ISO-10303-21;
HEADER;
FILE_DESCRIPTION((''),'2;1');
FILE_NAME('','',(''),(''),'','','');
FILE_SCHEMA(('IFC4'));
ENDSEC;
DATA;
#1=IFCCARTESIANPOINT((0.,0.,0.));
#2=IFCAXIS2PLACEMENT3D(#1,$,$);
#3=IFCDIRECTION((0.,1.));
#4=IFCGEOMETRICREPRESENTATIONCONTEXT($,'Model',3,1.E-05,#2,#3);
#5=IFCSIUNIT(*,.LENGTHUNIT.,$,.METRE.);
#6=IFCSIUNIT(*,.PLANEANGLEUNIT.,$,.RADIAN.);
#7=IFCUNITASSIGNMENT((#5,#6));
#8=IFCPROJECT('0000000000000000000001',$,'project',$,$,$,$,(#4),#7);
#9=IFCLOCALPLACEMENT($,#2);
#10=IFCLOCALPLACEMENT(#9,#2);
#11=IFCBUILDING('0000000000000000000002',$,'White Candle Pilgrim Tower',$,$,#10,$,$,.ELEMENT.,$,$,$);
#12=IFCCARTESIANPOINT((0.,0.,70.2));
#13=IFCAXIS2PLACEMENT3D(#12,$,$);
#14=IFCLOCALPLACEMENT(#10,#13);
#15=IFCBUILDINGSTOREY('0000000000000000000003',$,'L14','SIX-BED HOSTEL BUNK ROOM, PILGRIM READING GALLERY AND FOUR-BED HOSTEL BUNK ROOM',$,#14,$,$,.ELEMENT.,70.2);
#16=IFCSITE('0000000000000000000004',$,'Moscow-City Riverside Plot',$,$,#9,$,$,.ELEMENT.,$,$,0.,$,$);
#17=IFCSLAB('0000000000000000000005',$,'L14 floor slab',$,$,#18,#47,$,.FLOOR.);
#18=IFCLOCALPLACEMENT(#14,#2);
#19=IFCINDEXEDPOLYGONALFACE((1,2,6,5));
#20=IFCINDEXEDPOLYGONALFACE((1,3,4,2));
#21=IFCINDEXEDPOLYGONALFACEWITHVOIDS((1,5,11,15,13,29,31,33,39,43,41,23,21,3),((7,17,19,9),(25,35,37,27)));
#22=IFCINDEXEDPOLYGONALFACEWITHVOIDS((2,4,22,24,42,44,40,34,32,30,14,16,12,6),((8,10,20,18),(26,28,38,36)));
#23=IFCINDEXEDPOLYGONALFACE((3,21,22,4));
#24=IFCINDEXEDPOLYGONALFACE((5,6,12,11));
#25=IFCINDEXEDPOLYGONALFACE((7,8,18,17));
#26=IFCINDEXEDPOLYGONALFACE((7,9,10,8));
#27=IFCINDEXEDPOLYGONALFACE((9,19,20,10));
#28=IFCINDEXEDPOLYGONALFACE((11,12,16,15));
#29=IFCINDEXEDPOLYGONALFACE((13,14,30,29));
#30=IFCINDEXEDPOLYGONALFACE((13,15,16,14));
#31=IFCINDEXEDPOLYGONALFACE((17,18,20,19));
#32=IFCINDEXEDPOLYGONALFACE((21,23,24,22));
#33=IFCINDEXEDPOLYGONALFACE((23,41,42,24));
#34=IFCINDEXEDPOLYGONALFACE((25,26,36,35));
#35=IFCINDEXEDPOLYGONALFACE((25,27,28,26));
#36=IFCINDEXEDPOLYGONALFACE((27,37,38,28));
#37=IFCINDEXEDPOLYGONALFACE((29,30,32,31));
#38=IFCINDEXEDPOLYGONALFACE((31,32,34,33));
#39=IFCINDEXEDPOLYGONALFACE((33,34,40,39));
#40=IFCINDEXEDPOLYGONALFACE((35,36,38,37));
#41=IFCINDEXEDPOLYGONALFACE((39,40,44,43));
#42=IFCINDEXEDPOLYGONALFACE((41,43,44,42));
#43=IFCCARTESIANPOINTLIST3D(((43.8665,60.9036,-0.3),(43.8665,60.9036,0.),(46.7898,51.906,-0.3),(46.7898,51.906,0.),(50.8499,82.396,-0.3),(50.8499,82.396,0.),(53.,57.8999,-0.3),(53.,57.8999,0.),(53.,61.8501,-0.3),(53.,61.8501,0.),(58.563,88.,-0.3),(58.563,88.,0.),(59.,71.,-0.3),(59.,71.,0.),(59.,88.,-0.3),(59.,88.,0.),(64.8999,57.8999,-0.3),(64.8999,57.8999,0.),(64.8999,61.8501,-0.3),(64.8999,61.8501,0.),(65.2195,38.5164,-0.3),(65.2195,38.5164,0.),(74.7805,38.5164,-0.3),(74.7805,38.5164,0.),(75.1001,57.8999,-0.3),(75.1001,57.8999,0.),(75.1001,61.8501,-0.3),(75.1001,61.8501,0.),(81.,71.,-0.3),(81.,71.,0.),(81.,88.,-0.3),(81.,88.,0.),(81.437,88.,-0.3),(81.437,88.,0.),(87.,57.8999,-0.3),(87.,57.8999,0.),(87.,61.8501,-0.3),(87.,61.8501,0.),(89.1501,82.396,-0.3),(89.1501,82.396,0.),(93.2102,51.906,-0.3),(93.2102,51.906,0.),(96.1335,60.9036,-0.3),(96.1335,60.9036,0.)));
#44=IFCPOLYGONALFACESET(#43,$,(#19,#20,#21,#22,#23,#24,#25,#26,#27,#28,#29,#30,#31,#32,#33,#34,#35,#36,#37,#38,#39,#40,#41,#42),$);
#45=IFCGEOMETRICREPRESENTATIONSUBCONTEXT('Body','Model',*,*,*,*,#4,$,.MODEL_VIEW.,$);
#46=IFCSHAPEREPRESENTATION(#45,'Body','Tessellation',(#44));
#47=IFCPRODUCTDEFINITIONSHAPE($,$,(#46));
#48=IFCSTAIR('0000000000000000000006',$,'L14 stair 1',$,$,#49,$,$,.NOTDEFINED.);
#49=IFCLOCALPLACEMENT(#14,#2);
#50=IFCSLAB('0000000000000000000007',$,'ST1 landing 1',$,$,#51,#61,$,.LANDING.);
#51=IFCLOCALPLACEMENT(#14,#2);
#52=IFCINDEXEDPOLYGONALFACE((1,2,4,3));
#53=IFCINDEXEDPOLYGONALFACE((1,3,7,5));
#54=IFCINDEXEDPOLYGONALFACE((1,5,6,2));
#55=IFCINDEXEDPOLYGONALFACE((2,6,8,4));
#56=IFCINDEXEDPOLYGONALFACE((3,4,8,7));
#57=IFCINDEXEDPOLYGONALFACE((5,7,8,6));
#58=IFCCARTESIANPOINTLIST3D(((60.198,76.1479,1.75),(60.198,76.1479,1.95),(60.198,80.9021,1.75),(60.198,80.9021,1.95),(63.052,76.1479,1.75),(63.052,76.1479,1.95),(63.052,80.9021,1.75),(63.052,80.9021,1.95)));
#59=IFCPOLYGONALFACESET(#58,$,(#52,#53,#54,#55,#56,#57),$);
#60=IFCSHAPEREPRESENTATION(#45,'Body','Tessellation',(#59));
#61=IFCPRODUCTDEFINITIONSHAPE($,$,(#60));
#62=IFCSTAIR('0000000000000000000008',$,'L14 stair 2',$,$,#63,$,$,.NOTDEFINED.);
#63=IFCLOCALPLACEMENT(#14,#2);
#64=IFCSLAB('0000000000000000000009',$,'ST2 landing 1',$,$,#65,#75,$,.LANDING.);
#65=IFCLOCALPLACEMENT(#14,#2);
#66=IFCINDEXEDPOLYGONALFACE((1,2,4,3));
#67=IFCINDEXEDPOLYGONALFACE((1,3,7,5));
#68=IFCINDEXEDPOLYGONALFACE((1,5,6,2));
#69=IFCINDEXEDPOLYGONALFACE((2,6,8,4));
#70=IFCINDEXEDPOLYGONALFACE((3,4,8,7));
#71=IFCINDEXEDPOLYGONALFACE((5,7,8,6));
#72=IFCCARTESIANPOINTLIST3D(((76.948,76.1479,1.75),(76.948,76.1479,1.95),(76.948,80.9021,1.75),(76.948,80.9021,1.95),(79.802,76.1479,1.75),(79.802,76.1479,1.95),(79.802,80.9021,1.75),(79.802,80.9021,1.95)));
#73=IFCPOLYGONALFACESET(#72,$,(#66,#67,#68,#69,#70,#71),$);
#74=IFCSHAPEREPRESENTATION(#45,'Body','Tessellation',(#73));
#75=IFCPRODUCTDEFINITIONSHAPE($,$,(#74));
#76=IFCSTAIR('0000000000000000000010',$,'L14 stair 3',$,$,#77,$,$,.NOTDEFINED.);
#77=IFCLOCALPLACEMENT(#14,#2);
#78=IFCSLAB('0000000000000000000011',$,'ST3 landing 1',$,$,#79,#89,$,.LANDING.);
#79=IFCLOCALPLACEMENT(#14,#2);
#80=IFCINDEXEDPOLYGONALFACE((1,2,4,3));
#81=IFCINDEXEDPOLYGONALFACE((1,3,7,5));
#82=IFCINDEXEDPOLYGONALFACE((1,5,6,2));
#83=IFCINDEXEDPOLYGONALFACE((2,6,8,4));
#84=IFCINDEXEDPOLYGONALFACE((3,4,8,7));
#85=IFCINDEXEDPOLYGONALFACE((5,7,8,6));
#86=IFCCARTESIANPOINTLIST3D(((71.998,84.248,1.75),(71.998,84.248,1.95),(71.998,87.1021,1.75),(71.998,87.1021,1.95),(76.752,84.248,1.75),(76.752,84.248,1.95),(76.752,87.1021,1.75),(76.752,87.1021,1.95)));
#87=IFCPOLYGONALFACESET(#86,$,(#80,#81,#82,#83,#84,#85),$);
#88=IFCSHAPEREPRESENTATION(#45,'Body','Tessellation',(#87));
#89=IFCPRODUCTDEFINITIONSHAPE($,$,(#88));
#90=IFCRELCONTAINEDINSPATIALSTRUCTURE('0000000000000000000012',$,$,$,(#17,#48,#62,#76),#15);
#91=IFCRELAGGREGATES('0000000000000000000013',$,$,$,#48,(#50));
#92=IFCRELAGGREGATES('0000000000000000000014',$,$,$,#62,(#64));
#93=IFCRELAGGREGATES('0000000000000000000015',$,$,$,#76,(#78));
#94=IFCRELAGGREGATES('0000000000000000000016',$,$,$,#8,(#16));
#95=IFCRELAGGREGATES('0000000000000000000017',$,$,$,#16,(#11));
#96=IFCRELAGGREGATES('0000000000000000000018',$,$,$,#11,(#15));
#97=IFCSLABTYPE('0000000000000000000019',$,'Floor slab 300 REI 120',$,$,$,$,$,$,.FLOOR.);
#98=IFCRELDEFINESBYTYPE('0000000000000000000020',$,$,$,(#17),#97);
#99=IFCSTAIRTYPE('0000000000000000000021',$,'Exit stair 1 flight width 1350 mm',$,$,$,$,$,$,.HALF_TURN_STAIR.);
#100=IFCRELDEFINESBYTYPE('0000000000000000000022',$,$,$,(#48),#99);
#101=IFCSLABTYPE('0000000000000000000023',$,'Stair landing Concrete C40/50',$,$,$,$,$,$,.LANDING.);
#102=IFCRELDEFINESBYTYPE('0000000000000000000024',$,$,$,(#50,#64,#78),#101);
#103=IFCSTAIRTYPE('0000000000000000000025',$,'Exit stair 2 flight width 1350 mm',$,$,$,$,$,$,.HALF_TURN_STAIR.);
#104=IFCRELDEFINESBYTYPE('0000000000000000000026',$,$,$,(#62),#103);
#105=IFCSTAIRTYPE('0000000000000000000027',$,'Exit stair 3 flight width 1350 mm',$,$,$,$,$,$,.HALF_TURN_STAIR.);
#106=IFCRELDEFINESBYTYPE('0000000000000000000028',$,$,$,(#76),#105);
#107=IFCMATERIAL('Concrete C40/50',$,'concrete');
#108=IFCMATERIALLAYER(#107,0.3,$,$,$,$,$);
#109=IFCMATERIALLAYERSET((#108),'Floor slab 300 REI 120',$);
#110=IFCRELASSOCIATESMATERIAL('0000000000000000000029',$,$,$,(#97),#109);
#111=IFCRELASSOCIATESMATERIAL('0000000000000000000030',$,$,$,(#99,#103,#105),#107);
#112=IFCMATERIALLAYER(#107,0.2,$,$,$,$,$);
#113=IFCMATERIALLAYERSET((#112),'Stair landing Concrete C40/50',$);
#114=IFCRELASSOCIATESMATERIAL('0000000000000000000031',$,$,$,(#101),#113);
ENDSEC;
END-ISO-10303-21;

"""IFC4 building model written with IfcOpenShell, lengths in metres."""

from ifc_helpers import new_model, si_unit, direction, frame, origin, place, context, subcontext, project, spatial, polyline, outline, extrude, material, layer, layer_set, type_object, element, aggregate, save


model = new_model("IFC4")

# Units and contexts
model_context = context("Model", 3, precision=1e-05, world=origin(), true_north=direction((0.0, 1.0)))
body_context = subcontext(model_context, "Body", "Model", "MODEL_VIEW")
ifc_project = project(units=[si_unit("LENGTHUNIT", "METRE"), si_unit("PLANEANGLEUNIT", "RADIAN")], contexts=[model_context])

# Site, building, storey
site_placement = place(None, origin())
site = spatial("IfcSite", under=ifc_project, at=site_placement, Name="Moscow-City Riverside Plot", CompositionType="ELEMENT", RefElevation=0.0)
building_placement = place(site_placement, origin())
building = spatial("IfcBuilding", under=site, at=building_placement, Name="White Candle Pilgrim Tower", CompositionType="ELEMENT")
storey_placement = place(building_placement, frame((0.0, 0.0, 70.2)))
storey = spatial("IfcBuildingStorey", under=building, at=storey_placement, Name="L14", Description="SIX-BED HOSTEL BUNK ROOM, PILGRIM READING GALLERY AND FOUR-BED HOSTEL BUNK ROOM", CompositionType="ELEMENT", Elevation=70.2)

# Slab
ifc_material = material(Name="Concrete C40/50", Category="concrete")
ifc_layer_1 = layer(ifc_material, 0.3)
ifc_layer_set_1 = layer_set([ifc_layer_1], Name="Floor slab 300 REI 120")
slab_type_1 = type_object("IfcSlabType", Name="Floor slab 300 REI 120", PredefinedType="FLOOR", material=ifc_layer_set_1)
slab_1_placement = place(storey_placement, frame((0.0, 0.0, -0.3)))
element("IfcSlab", 1, at=slab_1_placement, inside=storey, type_object=slab_type_1, Name="L14 floor slab", PredefinedType="FLOOR", context=body_context, shape_type="SweptSolid", body=[
    extrude(outline(polyline([(65.2195, 38.5164), (74.7805, 38.5164), (93.2102, 51.906), (96.1335, 60.9036), (89.1501, 82.396), (81.437, 88.0), (81.0, 88.0), (81.0, 71.0), (59.0, 71.0), (59.0, 88.0), (58.563, 88.0), (50.8499, 82.396), (43.8665, 60.9036), (46.7898, 51.906), (65.2195, 38.5164)]), holes=[polyline([(53.0, 57.8999), (53.0, 61.8501), (64.8999, 61.8501), (64.8999, 57.8999), (53.0, 57.8999)]), polyline([(75.1001, 57.8999), (75.1001, 61.8501), (87.0, 61.8501), (87.0, 57.8999), (75.1001, 57.8999)])]), origin(), (0.0, 0.0, 1.0), 0.3),
])

# Stairs, slabs
stair_type_1 = type_object("IfcStairType", Name="Exit stair 1 flight width 1350 mm", PredefinedType="HALF_TURN_STAIR", material=ifc_material)
stair_1_placement = place(storey_placement, origin())
stair_1 = element("IfcStair", 2, at=stair_1_placement, inside=storey, type_object=stair_type_1, Name="L14 stair 1", PredefinedType="NOTDEFINED")
ifc_layer_2 = layer(ifc_material, 0.2)
ifc_layer_set_2 = layer_set([ifc_layer_2], Name="Stair landing Concrete C40/50")
slab_type_2 = type_object("IfcSlabType", Name="Stair landing Concrete C40/50", PredefinedType="LANDING", material=ifc_layer_set_2)
slab_2_placement = place(storey_placement, frame((0.0, 0.0, 1.75)))
slab_2 = element("IfcSlab", 3, at=slab_2_placement, type_object=slab_type_2, Name="ST1 landing 1", PredefinedType="LANDING", context=body_context, shape_type="SweptSolid", body=[
    extrude(outline(polyline([(63.052, 76.1479), (60.198, 76.1479), (60.198, 80.9021), (63.052, 80.9021), (63.052, 76.1479)])), origin(), (0.0, 0.0, 1.0), 0.2),
])
aggregate(stair_1, [slab_2])
stair_type_2 = type_object("IfcStairType", Name="Exit stair 2 flight width 1350 mm", PredefinedType="HALF_TURN_STAIR", material=ifc_material)
stair_2_placement = place(storey_placement, origin())
stair_2 = element("IfcStair", 4, at=stair_2_placement, inside=storey, type_object=stair_type_2, Name="L14 stair 2", PredefinedType="NOTDEFINED")
slab_3_placement = place(storey_placement, frame((0.0, 0.0, 1.75)))
slab_3 = element("IfcSlab", 5, at=slab_3_placement, type_object=slab_type_2, Name="ST2 landing 1", PredefinedType="LANDING", context=body_context, shape_type="SweptSolid", body=[
    extrude(outline(polyline([(79.802, 76.1479), (76.948, 76.1479), (76.948, 80.9021), (79.802, 80.9021), (79.802, 76.1479)])), origin(), (0.0, 0.0, 1.0), 0.2),
])
aggregate(stair_2, [slab_3])
stair_type_3 = type_object("IfcStairType", Name="Exit stair 3 flight width 1350 mm", PredefinedType="HALF_TURN_STAIR", material=ifc_material)
stair_3_placement = place(storey_placement, origin())
stair_3 = element("IfcStair", 6, at=stair_3_placement, inside=storey, type_object=stair_type_3, Name="L14 stair 3", PredefinedType="NOTDEFINED")
slab_4_placement = place(storey_placement, frame((0.0, 0.0, 1.75)))
slab_4 = element("IfcSlab", 7, at=slab_4_placement, type_object=slab_type_2, Name="ST3 landing 1", PredefinedType="LANDING", context=body_context, shape_type="SweptSolid", body=[
    extrude(outline(polyline([(71.998, 84.248), (71.998, 87.1021), (76.752, 87.1021), (76.752, 84.248), (71.998, 84.248)])), origin(), (0.0, 0.0, 1.0), 0.2),
])
aggregate(stair_3, [slab_4])

save(model, "model.ifc")
